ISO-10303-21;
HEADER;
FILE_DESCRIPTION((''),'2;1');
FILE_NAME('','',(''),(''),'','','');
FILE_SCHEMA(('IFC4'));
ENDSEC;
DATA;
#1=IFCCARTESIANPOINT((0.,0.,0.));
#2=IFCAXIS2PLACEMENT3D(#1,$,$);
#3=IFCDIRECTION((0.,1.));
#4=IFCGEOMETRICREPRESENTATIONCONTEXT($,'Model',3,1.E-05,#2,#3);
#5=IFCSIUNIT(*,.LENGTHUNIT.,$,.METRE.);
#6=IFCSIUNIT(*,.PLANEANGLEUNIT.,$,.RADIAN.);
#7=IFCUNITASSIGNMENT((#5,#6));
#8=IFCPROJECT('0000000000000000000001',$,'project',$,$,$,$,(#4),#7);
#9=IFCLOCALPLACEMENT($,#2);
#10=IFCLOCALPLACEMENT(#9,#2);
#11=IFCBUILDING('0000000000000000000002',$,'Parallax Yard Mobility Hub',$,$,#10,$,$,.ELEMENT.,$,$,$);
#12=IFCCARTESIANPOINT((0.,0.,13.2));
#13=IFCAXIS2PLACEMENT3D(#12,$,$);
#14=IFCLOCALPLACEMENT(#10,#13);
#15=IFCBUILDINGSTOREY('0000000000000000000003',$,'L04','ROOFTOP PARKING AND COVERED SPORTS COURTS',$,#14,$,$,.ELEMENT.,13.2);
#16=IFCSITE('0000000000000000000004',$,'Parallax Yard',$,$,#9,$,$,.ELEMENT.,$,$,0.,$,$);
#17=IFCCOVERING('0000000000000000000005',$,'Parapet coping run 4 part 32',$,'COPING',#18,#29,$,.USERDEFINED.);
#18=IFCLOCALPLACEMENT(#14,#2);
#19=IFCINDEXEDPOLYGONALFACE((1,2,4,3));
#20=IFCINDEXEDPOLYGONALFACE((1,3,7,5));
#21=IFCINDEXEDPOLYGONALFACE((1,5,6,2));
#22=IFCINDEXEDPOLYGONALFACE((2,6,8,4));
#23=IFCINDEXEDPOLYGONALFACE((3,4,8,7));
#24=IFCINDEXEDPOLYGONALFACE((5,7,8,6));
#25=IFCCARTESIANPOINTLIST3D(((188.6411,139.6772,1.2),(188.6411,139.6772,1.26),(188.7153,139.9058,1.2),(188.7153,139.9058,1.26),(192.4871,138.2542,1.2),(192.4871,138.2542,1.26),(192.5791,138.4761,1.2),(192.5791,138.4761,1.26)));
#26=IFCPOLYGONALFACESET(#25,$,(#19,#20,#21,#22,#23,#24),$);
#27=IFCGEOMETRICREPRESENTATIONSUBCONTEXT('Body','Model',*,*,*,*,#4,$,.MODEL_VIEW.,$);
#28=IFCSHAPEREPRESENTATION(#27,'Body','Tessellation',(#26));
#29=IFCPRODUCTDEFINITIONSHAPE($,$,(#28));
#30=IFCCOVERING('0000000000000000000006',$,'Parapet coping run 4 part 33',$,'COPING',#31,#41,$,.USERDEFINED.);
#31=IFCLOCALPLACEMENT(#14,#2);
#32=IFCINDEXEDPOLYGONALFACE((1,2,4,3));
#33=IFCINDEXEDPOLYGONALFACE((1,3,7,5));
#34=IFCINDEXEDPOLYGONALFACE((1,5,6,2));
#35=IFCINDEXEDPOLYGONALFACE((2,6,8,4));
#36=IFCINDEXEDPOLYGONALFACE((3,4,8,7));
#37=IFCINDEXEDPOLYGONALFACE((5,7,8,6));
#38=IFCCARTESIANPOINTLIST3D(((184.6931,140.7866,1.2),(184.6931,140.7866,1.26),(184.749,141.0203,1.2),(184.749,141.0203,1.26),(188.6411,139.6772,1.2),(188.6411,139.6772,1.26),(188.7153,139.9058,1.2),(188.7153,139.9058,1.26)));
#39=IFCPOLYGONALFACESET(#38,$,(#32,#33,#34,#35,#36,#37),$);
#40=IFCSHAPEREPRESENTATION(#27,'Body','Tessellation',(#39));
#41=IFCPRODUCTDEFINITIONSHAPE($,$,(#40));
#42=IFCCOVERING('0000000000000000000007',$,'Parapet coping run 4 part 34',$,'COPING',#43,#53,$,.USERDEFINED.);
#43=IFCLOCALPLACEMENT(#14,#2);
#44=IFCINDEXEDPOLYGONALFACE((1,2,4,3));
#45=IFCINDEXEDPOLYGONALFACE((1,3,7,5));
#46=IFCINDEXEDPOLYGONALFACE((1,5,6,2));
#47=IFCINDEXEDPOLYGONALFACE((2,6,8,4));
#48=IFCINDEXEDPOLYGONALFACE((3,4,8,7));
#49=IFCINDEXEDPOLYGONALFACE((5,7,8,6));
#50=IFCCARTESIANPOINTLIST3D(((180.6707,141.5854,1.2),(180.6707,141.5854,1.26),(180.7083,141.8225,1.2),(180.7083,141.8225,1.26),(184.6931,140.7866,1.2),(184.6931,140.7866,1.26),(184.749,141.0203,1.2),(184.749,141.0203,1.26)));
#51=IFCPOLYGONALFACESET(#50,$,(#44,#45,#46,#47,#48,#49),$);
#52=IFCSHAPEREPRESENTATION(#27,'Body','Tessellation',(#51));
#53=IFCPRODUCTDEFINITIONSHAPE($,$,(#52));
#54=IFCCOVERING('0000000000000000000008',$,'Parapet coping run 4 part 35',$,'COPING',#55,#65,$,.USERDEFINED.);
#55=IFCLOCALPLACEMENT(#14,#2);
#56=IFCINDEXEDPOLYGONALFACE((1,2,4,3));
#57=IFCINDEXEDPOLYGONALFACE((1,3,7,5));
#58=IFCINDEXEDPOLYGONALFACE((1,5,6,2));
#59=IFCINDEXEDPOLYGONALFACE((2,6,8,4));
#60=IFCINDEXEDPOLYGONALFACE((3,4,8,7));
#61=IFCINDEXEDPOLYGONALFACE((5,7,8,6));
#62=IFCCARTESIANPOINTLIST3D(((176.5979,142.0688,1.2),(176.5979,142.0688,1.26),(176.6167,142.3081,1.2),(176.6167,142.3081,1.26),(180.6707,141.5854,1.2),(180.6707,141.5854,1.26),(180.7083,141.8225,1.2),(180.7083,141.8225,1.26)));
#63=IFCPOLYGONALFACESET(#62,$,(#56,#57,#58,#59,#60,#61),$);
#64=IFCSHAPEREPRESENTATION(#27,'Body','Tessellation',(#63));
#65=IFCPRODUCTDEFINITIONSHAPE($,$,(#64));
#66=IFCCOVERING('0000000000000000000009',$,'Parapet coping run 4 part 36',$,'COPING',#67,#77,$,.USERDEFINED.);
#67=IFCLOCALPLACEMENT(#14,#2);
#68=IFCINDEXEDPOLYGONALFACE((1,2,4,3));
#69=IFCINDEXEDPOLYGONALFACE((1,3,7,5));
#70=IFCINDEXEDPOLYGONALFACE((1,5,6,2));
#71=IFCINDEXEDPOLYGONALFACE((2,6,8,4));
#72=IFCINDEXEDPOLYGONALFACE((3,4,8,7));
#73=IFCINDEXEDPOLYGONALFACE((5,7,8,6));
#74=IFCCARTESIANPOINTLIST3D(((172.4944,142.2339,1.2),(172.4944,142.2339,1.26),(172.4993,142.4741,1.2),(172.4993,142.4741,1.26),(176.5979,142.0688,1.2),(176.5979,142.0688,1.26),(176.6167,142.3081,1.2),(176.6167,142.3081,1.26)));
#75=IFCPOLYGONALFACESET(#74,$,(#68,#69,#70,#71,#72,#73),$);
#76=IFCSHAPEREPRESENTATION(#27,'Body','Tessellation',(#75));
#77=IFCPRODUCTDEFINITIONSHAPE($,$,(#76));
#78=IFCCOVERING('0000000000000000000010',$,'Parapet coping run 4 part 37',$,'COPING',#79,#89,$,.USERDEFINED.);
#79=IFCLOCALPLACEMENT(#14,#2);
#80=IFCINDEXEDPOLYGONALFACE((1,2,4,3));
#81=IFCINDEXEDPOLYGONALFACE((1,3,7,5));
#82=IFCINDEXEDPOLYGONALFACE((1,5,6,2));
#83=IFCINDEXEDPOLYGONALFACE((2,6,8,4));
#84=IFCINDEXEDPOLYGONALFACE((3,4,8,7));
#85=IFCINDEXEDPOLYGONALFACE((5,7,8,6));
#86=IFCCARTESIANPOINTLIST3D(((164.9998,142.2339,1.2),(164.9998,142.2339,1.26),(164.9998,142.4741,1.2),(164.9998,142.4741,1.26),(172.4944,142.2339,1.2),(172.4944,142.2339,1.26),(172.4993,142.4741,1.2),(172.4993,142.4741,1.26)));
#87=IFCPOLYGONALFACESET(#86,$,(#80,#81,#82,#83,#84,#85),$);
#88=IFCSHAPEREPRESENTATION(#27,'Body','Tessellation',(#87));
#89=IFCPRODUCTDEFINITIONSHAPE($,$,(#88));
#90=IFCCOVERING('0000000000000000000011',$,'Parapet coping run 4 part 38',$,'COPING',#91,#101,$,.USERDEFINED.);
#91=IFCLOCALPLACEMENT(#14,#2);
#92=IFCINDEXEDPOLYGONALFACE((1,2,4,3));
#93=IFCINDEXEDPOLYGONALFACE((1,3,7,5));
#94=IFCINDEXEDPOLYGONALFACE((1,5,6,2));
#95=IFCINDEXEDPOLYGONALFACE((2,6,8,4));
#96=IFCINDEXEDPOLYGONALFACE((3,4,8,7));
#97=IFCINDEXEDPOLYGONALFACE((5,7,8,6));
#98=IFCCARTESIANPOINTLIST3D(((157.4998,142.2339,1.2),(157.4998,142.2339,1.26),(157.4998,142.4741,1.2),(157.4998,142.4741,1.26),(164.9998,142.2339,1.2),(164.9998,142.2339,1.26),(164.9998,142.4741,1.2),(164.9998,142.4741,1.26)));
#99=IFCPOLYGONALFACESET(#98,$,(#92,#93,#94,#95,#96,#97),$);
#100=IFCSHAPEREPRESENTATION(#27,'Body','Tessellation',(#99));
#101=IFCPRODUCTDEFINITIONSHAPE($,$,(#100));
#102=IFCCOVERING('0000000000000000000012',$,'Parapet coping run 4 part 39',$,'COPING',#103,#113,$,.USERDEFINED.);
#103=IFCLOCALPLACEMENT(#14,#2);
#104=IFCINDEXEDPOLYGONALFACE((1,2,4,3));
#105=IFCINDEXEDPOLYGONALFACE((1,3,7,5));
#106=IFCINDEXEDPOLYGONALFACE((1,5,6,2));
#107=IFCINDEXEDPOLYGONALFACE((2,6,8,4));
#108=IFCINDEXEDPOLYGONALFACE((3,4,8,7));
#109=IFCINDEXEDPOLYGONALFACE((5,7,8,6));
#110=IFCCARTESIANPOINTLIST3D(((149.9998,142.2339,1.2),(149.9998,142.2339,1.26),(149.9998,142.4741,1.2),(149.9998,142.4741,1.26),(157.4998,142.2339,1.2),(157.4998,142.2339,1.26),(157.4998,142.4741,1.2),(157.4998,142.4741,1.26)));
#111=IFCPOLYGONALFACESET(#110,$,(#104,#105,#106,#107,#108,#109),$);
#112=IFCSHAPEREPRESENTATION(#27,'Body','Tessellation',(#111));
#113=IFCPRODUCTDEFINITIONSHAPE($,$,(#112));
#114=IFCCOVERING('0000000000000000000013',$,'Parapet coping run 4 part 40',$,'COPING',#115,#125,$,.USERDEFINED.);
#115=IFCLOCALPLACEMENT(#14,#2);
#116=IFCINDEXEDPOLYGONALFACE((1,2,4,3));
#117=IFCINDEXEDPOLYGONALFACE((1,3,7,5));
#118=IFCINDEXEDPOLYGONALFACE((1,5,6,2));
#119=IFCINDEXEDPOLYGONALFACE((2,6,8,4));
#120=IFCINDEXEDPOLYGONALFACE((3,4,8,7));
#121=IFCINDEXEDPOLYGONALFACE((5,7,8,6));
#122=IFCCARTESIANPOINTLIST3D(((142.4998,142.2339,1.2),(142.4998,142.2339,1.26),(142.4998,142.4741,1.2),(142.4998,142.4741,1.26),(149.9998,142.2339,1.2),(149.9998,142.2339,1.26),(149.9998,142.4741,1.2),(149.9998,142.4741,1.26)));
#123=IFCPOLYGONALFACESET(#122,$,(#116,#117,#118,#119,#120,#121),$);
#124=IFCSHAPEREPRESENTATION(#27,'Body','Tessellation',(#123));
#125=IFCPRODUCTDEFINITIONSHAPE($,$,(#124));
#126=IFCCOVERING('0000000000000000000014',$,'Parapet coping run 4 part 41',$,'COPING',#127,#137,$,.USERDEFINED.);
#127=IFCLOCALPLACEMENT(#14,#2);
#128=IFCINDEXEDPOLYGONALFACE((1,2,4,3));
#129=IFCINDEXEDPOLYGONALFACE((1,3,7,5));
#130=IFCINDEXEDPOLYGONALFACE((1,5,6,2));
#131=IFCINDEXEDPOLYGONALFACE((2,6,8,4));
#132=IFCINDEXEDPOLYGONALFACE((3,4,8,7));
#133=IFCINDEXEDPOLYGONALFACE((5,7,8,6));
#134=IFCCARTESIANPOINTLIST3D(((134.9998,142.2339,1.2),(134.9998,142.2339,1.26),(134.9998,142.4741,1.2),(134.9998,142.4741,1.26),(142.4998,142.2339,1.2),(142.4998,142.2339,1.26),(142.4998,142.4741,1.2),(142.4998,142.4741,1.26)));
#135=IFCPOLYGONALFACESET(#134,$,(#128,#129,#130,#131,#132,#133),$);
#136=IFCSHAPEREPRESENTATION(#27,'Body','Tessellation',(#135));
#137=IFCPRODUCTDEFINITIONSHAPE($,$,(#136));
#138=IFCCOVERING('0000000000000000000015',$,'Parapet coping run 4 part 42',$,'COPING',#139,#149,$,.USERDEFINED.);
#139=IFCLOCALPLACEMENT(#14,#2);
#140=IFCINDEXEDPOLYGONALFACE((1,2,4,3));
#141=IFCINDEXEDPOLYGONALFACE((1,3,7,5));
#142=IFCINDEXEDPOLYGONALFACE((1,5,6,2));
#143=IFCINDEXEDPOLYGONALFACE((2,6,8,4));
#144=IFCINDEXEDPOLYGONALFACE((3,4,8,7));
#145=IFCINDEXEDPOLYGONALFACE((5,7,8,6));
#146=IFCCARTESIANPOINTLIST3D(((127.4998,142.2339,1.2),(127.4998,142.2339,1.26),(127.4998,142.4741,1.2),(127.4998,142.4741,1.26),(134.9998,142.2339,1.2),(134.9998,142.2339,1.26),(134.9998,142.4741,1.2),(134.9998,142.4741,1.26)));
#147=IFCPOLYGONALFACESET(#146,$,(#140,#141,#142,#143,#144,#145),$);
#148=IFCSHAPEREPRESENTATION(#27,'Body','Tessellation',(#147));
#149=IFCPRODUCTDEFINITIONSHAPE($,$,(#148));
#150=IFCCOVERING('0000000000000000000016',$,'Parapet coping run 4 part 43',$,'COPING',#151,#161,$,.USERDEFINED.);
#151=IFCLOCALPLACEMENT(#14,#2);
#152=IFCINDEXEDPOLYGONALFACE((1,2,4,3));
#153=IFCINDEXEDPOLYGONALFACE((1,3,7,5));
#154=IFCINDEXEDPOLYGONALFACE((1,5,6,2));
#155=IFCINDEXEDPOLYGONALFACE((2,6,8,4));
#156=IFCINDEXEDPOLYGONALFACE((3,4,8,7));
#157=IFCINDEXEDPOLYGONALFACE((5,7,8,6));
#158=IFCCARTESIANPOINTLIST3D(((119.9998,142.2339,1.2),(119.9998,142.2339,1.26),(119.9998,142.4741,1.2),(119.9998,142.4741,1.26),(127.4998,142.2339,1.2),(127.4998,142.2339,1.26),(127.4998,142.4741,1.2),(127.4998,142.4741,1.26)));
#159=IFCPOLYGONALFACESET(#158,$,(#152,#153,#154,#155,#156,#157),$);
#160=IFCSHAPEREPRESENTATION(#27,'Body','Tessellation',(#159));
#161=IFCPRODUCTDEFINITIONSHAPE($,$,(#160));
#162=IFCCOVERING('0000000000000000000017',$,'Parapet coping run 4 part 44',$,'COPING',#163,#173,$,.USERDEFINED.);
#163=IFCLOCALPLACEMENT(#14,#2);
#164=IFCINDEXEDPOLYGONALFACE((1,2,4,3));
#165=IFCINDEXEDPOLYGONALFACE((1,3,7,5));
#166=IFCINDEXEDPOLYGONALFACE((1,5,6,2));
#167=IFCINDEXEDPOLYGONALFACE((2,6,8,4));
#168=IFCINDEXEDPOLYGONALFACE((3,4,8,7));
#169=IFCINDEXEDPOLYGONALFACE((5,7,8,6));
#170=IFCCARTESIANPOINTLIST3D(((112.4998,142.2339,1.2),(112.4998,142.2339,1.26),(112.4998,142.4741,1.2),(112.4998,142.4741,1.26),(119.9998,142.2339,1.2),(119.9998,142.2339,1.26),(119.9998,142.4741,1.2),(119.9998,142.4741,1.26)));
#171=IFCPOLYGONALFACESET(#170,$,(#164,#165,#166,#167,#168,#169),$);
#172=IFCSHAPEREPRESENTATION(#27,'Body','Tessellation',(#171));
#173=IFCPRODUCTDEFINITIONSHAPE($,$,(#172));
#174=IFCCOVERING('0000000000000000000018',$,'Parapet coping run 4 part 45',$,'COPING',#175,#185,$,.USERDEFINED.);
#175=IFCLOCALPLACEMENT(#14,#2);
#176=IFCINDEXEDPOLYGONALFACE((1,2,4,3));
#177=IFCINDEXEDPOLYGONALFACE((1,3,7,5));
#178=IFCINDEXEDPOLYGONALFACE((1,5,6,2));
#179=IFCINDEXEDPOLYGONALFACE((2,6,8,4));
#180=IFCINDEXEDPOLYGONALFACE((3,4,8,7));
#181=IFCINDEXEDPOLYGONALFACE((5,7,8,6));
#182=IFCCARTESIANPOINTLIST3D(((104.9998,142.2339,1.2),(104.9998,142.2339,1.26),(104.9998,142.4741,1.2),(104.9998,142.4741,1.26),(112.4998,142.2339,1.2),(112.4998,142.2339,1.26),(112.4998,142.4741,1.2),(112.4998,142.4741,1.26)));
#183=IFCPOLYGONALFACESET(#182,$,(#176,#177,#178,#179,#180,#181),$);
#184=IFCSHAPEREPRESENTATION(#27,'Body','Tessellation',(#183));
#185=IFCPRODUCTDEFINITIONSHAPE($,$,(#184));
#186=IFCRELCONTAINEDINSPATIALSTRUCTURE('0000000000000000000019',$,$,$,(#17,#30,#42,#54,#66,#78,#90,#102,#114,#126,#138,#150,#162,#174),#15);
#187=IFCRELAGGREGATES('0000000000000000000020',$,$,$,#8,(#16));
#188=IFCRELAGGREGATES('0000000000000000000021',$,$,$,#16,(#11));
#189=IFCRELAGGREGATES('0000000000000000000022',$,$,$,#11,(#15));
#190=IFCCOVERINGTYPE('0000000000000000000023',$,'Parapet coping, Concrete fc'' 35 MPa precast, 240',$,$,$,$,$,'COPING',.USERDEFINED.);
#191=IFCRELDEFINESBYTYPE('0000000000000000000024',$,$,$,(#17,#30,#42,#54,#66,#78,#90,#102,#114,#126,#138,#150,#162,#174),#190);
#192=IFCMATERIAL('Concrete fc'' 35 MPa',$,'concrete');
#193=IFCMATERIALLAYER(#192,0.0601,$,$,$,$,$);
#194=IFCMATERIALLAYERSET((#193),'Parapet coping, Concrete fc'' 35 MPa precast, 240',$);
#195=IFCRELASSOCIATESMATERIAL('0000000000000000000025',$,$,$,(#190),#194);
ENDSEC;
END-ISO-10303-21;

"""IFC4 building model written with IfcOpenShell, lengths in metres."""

from ifc_helpers import new_model, si_unit, direction, frame, origin, place, context, subcontext, project, spatial, polyline, outline, extrude, material, layer, layer_set, type_object, element, save


model = new_model("IFC4")

# Units and contexts
model_context = context("Model", 3, precision=1e-05, world=origin(), true_north=direction((0.0, 1.0)))
body_context = subcontext(model_context, "Body", "Model", "MODEL_VIEW")
ifc_project = project(units=[si_unit("LENGTHUNIT", "METRE"), si_unit("PLANEANGLEUNIT", "RADIAN")], contexts=[model_context])

# Site, building, storey
site_placement = place(None, origin())
site = spatial("IfcSite", under=ifc_project, at=site_placement, Name="Parallax Yard", CompositionType="ELEMENT", RefElevation=0.0)
building_placement = place(site_placement, origin())
building = spatial("IfcBuilding", under=site, at=building_placement, Name="Parallax Yard Mobility Hub", CompositionType="ELEMENT")
storey_placement = place(building_placement, frame((0.0, 0.0, 13.2)))
storey = spatial("IfcBuildingStorey", under=building, at=storey_placement, Name="L04", Description="ROOFTOP PARKING AND COVERED SPORTS COURTS", CompositionType="ELEMENT", Elevation=13.2)

# Coverings
ifc_material_1 = material(Name="Concrete fc' 35 MPa", Category="concrete")
ifc_layer_1 = layer(ifc_material_1, 0.0601)
ifc_layer_set_1 = layer_set([ifc_layer_1], Name="Parapet coping, Concrete fc' 35 MPa precast, 240")
covering_type = type_object("IfcCoveringType", Name="Parapet coping, Concrete fc' 35 MPa precast, 240", ElementType="COPING", PredefinedType="USERDEFINED", material=ifc_layer_set_1)
covering_1_placement = place(storey_placement, frame((0.0, 0.0, 1.2)))
element("IfcCovering", 1, at=covering_1_placement, inside=storey, type_object=covering_type, Name="Parapet coping run 4 part 32", ObjectType="COPING", PredefinedType="USERDEFINED", context=body_context, shape_type="SweptSolid", body=[
    extrude(outline(polyline([(192.4871, 138.2542), (192.5791, 138.4761), (188.7153, 139.9058), (188.6411, 139.6772), (192.4871, 138.2542)])), origin(), (0.0, 0.0, 1.0), 0.0601),
])
covering_2_placement = place(storey_placement, frame((0.0, 0.0, 1.2)))
element("IfcCovering", 2, at=covering_2_placement, inside=storey, type_object=covering_type, Name="Parapet coping run 4 part 33", ObjectType="COPING", PredefinedType="USERDEFINED", context=body_context, shape_type="SweptSolid", body=[
    extrude(outline(polyline([(188.6411, 139.6772), (188.7153, 139.9058), (184.749, 141.0203), (184.6931, 140.7866), (188.6411, 139.6772)])), origin(), (0.0, 0.0, 1.0), 0.0601),
])
covering_3_placement = place(storey_placement, frame((0.0, 0.0, 1.2)))
element("IfcCovering", 3, at=covering_3_placement, inside=storey, type_object=covering_type, Name="Parapet coping run 4 part 34", ObjectType="COPING", PredefinedType="USERDEFINED", context=body_context, shape_type="SweptSolid", body=[
    extrude(outline(polyline([(184.6931, 140.7866), (184.749, 141.0203), (180.7083, 141.8225), (180.6707, 141.5854), (184.6931, 140.7866)])), origin(), (0.0, 0.0, 1.0), 0.0601),
])
covering_4_placement = place(storey_placement, frame((0.0, 0.0, 1.2)))
element("IfcCovering", 4, at=covering_4_placement, inside=storey, type_object=covering_type, Name="Parapet coping run 4 part 35", ObjectType="COPING", PredefinedType="USERDEFINED", context=body_context, shape_type="SweptSolid", body=[
    extrude(outline(polyline([(180.6707, 141.5854), (180.7083, 141.8225), (176.6167, 142.3081), (176.5979, 142.0688), (180.6707, 141.5854)])), origin(), (0.0, 0.0, 1.0), 0.0601),
])
covering_5_placement = place(storey_placement, frame((0.0, 0.0, 1.2)))
element("IfcCovering", 5, at=covering_5_placement, inside=storey, type_object=covering_type, Name="Parapet coping run 4 part 36", ObjectType="COPING", PredefinedType="USERDEFINED", context=body_context, shape_type="SweptSolid", body=[
    extrude(outline(polyline([(176.5979, 142.0688), (176.6167, 142.3081), (172.4993, 142.4741), (172.4944, 142.2339), (176.5979, 142.0688)])), origin(), (0.0, 0.0, 1.0), 0.0601),
])
covering_6_placement = place(storey_placement, frame((0.0, 0.0, 1.2)))
element("IfcCovering", 6, at=covering_6_placement, inside=storey, type_object=covering_type, Name="Parapet coping run 4 part 37", ObjectType="COPING", PredefinedType="USERDEFINED", context=body_context, shape_type="SweptSolid", body=[
    extrude(outline(polyline([(172.4944, 142.2339), (172.4993, 142.4741), (164.9998, 142.4741), (164.9998, 142.2339), (172.4944, 142.2339)])), origin(), (0.0, 0.0, 1.0), 0.0601),
])
covering_7_placement = place(storey_placement, frame((0.0, 0.0, 1.2)))
element("IfcCovering", 7, at=covering_7_placement, inside=storey, type_object=covering_type, Name="Parapet coping run 4 part 38", ObjectType="COPING", PredefinedType="USERDEFINED", context=body_context, shape_type="SweptSolid", body=[
    extrude(outline(polyline([(164.9998, 142.2339), (164.9998, 142.4741), (157.4998, 142.4741), (157.4998, 142.2339), (164.9998, 142.2339)])), origin(), (0.0, 0.0, 1.0), 0.0601),
])
covering_8_placement = place(storey_placement, frame((0.0, 0.0, 1.2)))
element("IfcCovering", 8, at=covering_8_placement, inside=storey, type_object=covering_type, Name="Parapet coping run 4 part 39", ObjectType="COPING", PredefinedType="USERDEFINED", context=body_context, shape_type="SweptSolid", body=[
    extrude(outline(polyline([(157.4998, 142.2339), (157.4998, 142.4741), (149.9998, 142.4741), (149.9998, 142.2339), (157.4998, 142.2339)])), origin(), (0.0, 0.0, 1.0), 0.0601),
])
covering_9_placement = place(storey_placement, frame((0.0, 0.0, 1.2)))
element("IfcCovering", 9, at=covering_9_placement, inside=storey, type_object=covering_type, Name="Parapet coping run 4 part 40", ObjectType="COPING", PredefinedType="USERDEFINED", context=body_context, shape_type="SweptSolid", body=[
    extrude(outline(polyline([(149.9998, 142.2339), (149.9998, 142.4741), (142.4998, 142.4741), (142.4998, 142.2339), (149.9998, 142.2339)])), origin(), (0.0, 0.0, 1.0), 0.0601),
])
covering_10_placement = place(storey_placement, frame((0.0, 0.0, 1.2)))
element("IfcCovering", 10, at=covering_10_placement, inside=storey, type_object=covering_type, Name="Parapet coping run 4 part 41", ObjectType="COPING", PredefinedType="USERDEFINED", context=body_context, shape_type="SweptSolid", body=[
    extrude(outline(polyline([(142.4998, 142.2339), (142.4998, 142.4741), (134.9998, 142.4741), (134.9998, 142.2339), (142.4998, 142.2339)])), origin(), (0.0, 0.0, 1.0), 0.0601),
])
covering_11_placement = place(storey_placement, frame((0.0, 0.0, 1.2)))
element("IfcCovering", 11, at=covering_11_placement, inside=storey, type_object=covering_type, Name="Parapet coping run 4 part 42", ObjectType="COPING", PredefinedType="USERDEFINED", context=body_context, shape_type="SweptSolid", body=[
    extrude(outline(polyline([(134.9998, 142.2339), (134.9998, 142.4741), (127.4998, 142.4741), (127.4998, 142.2339), (134.9998, 142.2339)])), origin(), (0.0, 0.0, 1.0), 0.0601),
])
covering_12_placement = place(storey_placement, frame((0.0, 0.0, 1.2)))
element("IfcCovering", 12, at=covering_12_placement, inside=storey, type_object=covering_type, Name="Parapet coping run 4 part 43", ObjectType="COPING", PredefinedType="USERDEFINED", context=body_context, shape_type="SweptSolid", body=[
    extrude(outline(polyline([(127.4998, 142.2339), (127.4998, 142.4741), (119.9998, 142.4741), (119.9998, 142.2339), (127.4998, 142.2339)])), origin(), (0.0, 0.0, 1.0), 0.0601),
])
covering_13_placement = place(storey_placement, frame((0.0, 0.0, 1.2)))
element("IfcCovering", 13, at=covering_13_placement, inside=storey, type_object=covering_type, Name="Parapet coping run 4 part 44", ObjectType="COPING", PredefinedType="USERDEFINED", context=body_context, shape_type="SweptSolid", body=[
    extrude(outline(polyline([(119.9998, 142.2339), (119.9998, 142.4741), (112.4998, 142.4741), (112.4998, 142.2339), (119.9998, 142.2339)])), origin(), (0.0, 0.0, 1.0), 0.0601),
])
covering_14_placement = place(storey_placement, frame((0.0, 0.0, 1.2)))
element("IfcCovering", 14, at=covering_14_placement, inside=storey, type_object=covering_type, Name="Parapet coping run 4 part 45", ObjectType="COPING", PredefinedType="USERDEFINED", context=body_context, shape_type="SweptSolid", body=[
    extrude(outline(polyline([(112.4998, 142.2339), (112.4998, 142.4741), (104.9998, 142.4741), (104.9998, 142.2339), (112.4998, 142.2339)])), origin(), (0.0, 0.0, 1.0), 0.0601),
])

save(model, "model.ifc")
